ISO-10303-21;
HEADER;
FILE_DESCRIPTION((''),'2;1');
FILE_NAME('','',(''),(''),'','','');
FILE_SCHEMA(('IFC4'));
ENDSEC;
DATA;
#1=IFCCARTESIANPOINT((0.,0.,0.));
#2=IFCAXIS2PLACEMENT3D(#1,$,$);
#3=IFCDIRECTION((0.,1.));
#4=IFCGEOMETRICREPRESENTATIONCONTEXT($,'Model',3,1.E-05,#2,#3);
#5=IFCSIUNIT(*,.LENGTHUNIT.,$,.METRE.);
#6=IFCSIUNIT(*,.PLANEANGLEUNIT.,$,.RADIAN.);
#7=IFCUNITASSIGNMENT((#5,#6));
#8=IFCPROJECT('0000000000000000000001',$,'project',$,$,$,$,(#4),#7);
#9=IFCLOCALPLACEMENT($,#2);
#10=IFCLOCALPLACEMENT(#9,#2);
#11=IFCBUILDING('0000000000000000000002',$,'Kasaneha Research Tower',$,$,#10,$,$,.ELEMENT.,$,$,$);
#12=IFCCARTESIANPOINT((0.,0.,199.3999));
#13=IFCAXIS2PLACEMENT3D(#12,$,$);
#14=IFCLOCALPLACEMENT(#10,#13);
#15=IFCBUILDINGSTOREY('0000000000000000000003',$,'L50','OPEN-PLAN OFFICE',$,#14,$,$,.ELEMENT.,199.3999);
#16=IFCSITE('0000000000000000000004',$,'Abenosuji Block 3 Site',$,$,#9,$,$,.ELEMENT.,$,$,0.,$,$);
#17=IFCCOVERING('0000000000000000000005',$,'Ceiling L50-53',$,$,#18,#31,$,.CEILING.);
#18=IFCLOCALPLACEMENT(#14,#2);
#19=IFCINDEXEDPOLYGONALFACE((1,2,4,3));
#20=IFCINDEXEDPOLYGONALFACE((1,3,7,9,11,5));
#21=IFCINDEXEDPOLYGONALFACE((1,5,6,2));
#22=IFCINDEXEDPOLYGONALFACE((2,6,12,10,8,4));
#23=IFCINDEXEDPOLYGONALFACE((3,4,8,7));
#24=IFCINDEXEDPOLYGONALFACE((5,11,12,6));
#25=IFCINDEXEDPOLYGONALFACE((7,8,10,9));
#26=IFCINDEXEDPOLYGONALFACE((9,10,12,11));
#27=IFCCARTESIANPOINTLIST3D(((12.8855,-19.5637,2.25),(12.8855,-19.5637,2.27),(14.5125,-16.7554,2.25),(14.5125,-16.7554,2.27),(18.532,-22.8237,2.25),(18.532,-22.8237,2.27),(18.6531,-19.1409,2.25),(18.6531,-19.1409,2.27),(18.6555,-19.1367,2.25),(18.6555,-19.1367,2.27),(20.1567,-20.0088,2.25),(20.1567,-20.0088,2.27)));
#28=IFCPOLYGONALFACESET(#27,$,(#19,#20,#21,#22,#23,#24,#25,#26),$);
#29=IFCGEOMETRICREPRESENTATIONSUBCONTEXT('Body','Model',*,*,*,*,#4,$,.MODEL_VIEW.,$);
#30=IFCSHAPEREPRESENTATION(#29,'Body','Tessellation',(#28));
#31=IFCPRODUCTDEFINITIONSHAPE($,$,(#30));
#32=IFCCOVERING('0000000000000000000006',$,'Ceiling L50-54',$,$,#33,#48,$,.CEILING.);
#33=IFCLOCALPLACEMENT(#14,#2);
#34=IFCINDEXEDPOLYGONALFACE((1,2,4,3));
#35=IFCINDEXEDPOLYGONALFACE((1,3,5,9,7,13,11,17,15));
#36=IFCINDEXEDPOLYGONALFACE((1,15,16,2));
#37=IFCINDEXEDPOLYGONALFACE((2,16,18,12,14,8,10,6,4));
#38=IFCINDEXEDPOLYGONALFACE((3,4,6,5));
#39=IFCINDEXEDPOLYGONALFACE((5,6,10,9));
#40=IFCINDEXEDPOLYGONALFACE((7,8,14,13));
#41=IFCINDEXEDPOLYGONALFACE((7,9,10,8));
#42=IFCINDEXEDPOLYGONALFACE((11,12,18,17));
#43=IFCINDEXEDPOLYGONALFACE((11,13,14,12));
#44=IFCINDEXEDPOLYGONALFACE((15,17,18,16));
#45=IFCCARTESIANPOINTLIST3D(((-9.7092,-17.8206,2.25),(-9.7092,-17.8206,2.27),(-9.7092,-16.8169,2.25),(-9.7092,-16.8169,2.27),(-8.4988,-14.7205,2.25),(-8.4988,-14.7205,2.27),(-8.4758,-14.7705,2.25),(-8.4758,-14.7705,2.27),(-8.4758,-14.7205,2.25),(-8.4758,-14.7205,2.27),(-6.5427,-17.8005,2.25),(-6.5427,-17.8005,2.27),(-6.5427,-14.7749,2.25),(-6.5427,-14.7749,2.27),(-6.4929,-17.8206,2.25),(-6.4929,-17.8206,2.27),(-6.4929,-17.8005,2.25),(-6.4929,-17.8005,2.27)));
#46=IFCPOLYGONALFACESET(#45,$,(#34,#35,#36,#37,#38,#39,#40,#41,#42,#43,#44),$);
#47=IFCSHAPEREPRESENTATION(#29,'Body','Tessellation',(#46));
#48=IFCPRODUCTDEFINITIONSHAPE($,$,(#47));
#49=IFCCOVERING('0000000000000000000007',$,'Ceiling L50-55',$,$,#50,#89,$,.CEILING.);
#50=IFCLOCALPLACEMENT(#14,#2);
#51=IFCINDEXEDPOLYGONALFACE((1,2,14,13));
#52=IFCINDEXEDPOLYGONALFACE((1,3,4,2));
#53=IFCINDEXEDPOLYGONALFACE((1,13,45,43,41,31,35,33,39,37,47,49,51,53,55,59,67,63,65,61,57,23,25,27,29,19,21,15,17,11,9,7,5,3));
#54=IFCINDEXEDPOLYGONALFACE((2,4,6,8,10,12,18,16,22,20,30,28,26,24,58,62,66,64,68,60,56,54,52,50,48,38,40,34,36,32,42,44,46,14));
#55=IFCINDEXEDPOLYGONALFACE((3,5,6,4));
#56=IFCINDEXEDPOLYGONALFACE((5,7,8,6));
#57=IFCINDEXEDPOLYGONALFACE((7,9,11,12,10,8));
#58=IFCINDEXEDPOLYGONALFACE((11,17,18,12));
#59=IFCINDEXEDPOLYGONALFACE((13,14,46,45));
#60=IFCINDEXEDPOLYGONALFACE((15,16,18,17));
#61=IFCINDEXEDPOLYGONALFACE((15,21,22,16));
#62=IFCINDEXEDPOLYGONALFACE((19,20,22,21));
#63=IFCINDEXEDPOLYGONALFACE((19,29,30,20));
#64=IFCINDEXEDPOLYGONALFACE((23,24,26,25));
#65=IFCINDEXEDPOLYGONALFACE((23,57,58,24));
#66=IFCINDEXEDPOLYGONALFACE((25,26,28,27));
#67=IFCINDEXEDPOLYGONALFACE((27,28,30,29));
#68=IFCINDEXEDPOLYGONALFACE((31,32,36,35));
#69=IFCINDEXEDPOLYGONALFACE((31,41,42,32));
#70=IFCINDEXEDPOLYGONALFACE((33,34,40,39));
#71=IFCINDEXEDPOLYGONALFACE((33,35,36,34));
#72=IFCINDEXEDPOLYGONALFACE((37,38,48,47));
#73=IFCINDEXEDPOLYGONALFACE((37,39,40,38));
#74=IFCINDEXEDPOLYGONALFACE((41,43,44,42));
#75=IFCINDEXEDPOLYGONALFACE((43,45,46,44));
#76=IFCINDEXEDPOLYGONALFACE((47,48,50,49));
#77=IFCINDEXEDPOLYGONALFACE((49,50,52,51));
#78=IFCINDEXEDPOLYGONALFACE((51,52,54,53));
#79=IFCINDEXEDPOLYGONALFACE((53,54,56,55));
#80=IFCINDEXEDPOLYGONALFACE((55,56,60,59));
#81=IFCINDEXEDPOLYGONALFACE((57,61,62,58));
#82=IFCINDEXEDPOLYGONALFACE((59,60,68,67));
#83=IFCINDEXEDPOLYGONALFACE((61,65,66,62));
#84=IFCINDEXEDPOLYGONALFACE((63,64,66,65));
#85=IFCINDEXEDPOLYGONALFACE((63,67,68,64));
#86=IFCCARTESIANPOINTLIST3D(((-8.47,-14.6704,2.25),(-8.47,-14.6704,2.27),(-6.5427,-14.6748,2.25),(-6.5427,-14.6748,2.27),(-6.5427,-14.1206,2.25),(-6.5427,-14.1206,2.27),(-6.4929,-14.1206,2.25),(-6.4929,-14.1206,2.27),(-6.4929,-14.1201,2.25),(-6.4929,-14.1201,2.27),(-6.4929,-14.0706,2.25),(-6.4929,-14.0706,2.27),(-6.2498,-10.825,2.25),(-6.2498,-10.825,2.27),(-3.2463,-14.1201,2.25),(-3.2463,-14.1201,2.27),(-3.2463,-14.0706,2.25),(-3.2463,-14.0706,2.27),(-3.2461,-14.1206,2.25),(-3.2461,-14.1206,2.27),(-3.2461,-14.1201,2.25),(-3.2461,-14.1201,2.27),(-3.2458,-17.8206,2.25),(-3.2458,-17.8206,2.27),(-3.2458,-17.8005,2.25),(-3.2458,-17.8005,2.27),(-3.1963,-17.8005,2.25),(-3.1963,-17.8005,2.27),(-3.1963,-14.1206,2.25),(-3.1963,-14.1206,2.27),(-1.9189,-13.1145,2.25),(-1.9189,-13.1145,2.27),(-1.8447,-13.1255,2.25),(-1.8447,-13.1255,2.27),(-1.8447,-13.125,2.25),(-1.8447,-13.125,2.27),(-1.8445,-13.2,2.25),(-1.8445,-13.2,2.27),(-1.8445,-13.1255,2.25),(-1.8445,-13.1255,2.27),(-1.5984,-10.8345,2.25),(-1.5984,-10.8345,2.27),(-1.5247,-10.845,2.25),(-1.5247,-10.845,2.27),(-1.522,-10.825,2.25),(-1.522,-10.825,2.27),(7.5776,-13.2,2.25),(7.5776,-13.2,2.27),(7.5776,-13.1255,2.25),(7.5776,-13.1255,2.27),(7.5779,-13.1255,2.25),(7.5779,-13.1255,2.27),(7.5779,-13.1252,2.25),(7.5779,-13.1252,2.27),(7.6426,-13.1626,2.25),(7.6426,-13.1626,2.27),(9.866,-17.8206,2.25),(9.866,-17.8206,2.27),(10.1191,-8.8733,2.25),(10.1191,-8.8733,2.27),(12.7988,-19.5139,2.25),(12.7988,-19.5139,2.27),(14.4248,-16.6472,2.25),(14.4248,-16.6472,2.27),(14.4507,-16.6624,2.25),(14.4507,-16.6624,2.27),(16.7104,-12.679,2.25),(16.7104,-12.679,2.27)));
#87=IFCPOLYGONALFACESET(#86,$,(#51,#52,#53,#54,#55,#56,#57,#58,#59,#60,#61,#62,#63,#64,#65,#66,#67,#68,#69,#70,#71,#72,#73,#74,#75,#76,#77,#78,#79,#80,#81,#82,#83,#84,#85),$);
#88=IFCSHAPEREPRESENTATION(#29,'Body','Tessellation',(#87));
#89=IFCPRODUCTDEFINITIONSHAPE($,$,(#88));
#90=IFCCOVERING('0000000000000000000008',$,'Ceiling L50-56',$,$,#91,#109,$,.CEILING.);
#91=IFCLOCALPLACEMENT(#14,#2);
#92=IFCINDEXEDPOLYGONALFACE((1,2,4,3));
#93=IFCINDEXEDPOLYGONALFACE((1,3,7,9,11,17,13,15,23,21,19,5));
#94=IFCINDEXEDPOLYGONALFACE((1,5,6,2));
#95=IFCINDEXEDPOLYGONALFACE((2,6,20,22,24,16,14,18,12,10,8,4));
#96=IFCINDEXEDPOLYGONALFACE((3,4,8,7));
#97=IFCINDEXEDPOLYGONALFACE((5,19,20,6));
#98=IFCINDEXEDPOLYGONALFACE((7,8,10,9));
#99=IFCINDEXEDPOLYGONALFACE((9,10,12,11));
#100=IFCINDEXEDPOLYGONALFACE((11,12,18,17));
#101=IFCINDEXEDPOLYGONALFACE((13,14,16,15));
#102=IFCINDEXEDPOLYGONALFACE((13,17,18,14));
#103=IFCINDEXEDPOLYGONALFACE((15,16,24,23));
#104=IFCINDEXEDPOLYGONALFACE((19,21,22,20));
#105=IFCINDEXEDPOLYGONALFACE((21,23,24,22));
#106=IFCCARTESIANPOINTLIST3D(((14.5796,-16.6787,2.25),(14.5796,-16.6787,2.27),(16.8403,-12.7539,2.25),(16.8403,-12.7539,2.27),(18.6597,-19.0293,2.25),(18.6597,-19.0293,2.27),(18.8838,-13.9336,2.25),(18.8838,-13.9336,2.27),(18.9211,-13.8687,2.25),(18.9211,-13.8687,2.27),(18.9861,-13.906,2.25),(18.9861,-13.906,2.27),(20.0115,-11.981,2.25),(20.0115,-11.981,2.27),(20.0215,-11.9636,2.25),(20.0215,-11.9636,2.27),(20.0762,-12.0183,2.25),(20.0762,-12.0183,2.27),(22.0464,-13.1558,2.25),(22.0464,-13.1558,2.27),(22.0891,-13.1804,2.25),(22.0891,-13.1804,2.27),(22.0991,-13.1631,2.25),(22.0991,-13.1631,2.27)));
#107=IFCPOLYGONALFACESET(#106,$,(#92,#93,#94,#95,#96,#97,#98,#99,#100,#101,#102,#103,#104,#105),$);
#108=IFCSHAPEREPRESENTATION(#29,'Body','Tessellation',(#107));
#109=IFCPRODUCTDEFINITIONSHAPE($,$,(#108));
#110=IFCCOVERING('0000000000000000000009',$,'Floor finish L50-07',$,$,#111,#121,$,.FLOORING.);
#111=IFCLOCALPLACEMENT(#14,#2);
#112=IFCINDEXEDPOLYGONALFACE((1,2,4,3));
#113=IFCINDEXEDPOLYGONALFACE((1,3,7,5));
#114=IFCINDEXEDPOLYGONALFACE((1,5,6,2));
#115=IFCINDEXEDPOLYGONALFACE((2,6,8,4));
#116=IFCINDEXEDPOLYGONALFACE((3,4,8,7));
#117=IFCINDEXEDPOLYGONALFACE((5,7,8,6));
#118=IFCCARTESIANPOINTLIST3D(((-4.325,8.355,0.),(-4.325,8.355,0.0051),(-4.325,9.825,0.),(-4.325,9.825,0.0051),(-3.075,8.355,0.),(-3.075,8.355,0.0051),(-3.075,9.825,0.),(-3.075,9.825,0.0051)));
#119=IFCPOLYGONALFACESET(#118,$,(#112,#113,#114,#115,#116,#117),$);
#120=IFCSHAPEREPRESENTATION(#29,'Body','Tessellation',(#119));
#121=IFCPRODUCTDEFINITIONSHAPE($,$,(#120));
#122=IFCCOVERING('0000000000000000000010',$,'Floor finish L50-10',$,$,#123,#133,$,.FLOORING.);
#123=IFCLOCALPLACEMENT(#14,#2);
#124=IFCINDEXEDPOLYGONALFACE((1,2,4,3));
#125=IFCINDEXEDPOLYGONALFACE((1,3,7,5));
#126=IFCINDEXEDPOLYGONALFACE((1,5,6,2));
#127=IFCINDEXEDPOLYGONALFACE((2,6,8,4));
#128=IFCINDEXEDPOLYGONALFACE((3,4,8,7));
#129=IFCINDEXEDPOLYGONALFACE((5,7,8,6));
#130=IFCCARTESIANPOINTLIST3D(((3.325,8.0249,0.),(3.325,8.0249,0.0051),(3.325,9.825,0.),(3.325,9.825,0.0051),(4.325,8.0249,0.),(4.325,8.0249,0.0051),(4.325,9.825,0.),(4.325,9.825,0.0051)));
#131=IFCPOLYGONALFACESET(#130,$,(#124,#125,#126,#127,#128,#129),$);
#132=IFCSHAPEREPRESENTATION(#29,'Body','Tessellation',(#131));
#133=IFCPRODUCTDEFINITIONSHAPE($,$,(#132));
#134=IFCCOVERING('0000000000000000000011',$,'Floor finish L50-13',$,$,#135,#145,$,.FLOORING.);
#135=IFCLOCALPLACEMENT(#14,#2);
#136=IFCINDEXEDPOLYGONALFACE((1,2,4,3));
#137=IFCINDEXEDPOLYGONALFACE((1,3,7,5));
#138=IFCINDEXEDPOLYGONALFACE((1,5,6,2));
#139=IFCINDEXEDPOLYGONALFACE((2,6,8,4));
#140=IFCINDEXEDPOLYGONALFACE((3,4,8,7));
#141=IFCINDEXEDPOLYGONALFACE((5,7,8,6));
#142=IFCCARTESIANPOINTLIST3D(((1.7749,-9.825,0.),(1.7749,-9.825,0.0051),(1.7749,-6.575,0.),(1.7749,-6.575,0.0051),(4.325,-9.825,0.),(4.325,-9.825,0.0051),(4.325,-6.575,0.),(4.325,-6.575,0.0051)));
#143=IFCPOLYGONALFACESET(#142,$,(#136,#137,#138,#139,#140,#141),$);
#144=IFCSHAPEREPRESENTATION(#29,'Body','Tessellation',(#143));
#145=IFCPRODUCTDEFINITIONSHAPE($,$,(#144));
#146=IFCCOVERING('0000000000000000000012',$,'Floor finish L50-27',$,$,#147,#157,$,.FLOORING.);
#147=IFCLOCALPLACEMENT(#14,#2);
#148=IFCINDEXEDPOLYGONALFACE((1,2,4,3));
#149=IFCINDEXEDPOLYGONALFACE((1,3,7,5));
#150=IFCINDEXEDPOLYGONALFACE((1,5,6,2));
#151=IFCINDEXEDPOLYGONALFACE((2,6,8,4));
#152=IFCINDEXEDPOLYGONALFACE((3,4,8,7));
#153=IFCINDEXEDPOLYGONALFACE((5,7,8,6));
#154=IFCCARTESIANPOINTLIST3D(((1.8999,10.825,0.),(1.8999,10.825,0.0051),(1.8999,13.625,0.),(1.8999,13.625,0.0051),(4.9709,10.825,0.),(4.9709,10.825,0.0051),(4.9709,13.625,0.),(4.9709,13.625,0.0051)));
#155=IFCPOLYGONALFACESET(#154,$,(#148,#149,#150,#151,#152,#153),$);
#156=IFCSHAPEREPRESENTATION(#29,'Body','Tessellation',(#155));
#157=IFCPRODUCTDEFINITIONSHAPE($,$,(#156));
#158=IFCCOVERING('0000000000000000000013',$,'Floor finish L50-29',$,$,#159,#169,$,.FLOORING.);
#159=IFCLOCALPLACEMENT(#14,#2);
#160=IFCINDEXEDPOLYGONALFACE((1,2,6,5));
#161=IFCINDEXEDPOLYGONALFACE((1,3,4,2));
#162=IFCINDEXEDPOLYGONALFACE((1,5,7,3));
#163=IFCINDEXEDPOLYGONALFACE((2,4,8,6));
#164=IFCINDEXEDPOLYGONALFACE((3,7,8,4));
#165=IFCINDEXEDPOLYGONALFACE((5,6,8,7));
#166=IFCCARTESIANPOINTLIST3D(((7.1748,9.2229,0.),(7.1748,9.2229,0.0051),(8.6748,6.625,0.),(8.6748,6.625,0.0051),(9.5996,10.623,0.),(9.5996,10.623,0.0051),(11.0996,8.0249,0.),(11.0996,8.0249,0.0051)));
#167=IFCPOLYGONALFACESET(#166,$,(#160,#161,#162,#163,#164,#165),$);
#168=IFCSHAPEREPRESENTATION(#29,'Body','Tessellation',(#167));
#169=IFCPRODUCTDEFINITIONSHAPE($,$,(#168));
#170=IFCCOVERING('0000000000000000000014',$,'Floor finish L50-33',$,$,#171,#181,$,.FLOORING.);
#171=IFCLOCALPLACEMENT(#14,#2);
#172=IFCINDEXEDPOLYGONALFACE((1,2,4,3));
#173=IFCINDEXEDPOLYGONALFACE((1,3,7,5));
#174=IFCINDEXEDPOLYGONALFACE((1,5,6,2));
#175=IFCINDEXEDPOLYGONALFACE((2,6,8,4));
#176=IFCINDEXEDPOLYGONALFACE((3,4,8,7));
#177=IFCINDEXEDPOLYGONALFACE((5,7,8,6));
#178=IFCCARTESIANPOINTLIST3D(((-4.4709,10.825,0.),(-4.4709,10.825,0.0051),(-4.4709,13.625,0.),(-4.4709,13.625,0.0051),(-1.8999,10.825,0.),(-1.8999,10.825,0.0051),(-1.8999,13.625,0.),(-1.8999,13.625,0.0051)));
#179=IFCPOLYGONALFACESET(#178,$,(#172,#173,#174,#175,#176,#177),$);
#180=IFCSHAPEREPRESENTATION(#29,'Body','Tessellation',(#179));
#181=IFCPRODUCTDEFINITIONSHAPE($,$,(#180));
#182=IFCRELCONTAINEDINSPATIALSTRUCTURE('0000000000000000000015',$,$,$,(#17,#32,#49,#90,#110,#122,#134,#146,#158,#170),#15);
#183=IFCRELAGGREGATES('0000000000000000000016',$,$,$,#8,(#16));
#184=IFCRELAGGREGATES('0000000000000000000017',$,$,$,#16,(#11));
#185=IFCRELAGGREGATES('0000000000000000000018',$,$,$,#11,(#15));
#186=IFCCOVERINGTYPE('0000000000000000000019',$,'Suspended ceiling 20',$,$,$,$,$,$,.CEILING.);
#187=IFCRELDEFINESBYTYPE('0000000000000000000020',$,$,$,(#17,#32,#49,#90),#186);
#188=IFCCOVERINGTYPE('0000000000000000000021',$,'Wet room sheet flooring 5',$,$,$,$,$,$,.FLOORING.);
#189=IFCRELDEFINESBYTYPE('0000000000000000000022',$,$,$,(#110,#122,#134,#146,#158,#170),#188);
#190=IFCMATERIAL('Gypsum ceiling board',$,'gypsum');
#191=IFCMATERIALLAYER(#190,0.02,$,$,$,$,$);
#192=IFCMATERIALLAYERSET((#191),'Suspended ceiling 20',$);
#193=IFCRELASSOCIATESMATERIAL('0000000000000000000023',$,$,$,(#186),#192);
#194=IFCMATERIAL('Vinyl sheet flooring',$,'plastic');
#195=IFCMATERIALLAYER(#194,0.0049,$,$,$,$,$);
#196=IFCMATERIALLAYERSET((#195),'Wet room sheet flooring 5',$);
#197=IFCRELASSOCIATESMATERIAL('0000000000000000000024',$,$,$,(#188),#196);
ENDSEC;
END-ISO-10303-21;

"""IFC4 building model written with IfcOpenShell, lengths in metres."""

from ifc_helpers import new_model, si_unit, direction, frame, origin, place, context, subcontext, project, spatial, polyline, outline, extrude, material, layer, layer_set, type_object, element, save


model = new_model("IFC4")

# Units and contexts
model_context = context("Model", 3, precision=1e-05, world=origin(), true_north=direction((0.0, 1.0)))
body_context = subcontext(model_context, "Body", "Model", "MODEL_VIEW")
ifc_project = project(units=[si_unit("LENGTHUNIT", "METRE"), si_unit("PLANEANGLEUNIT", "RADIAN")], contexts=[model_context])

# Site, building, storey
site_placement = place(None, origin())
site = spatial("IfcSite", under=ifc_project, at=site_placement, Name="Abenosuji Block 3 Site", CompositionType="ELEMENT", RefElevation=0.0)
building_placement = place(site_placement, origin())
building = spatial("IfcBuilding", under=site, at=building_placement, Name="Kasaneha Research Tower", CompositionType="ELEMENT")
storey_placement = place(building_placement, frame((0.0, 0.0, 199.3999)))
storey = spatial("IfcBuildingStorey", under=building, at=storey_placement, Name="L50", Description="OPEN-PLAN OFFICE", CompositionType="ELEMENT", Elevation=199.3999)

# Coverings
ifc_material_1 = material(Name="Gypsum ceiling board", Category="gypsum")
ifc_layer_1 = layer(ifc_material_1, 0.02)
ifc_layer_set_1 = layer_set([ifc_layer_1], Name="Suspended ceiling 20")
covering_type_1 = type_object("IfcCoveringType", Name="Suspended ceiling 20", PredefinedType="CEILING", material=ifc_layer_set_1)
covering_1_placement = place(storey_placement, frame((0.0, 0.0, 2.25)))
element("IfcCovering", 1, at=covering_1_placement, inside=storey, type_object=covering_type_1, Name="Ceiling L50-53", PredefinedType="CEILING", context=body_context, shape_type="SweptSolid", body=[
    extrude(outline(polyline([(12.8855, -19.5637), (14.5125, -16.7554), (18.6531, -19.1409), (18.6555, -19.1367), (20.1567, -20.0088), (18.532, -22.8237), (12.8855, -19.5637)])), origin(), (0.0, 0.0, 1.0), 0.02),
])
covering_2_placement = place(storey_placement, frame((0.0, 0.0, 2.25)))
element("IfcCovering", 2, at=covering_2_placement, inside=storey, type_object=covering_type_1, Name="Ceiling L50-54", PredefinedType="CEILING", context=body_context, shape_type="SweptSolid", body=[
    extrude(outline(polyline([(-9.7092, -16.8169), (-8.4988, -14.7205), (-8.4758, -14.7205), (-8.4758, -14.7705), (-6.5427, -14.7749), (-6.5427, -17.8005), (-6.4929, -17.8005), (-6.4929, -17.8206), (-9.7092, -17.8206), (-9.7092, -16.8169)])), origin(), (0.0, 0.0, 1.0), 0.02),
])
covering_3_placement = place(storey_placement, frame((0.0, 0.0, 2.25)))
element("IfcCovering", 3, at=covering_3_placement, inside=storey, type_object=covering_type_1, Name="Ceiling L50-55", PredefinedType="CEILING", context=body_context, shape_type="SweptSolid", body=[
    extrude(outline(polyline([(-3.2463, -14.1201), (-3.2463, -14.0706), (-6.4929, -14.0706), (-6.4929, -14.1201), (-6.4929, -14.1201), (-6.4929, -14.1206), (-6.5427, -14.1206), (-6.5427, -14.6748), (-8.47, -14.6704), (-6.2498, -10.825), (-1.522, -10.825), (-1.5247, -10.845), (-1.5984, -10.8345), (-1.9189, -13.1145), (-1.8447, -13.125), (-1.8447, -13.1255), (-1.8445, -13.1255), (-1.8445, -13.2), (7.5776, -13.2), (7.5776, -13.1255), (7.5779, -13.1255), (7.5779, -13.1252), (7.6426, -13.1626), (10.1191, -8.8733), (16.7104, -12.679), (14.4248, -16.6472), (14.4507, -16.6624), (12.7988, -19.5139), (9.866, -17.8206), (-3.2458, -17.8206), (-3.2458, -17.8005), (-3.1963, -17.8005), (-3.1963, -14.1206), (-3.2461, -14.1206), (-3.2461, -14.1201), (-3.2463, -14.1201)])), origin(), (0.0, 0.0, 1.0), 0.02),
])
covering_4_placement = place(storey_placement, frame((0.0, 0.0, 2.25)))
element("IfcCovering", 4, at=covering_4_placement, inside=storey, type_object=covering_type_1, Name="Ceiling L50-56", PredefinedType="CEILING", context=body_context, shape_type="SweptSolid", body=[
    extrude(outline(polyline([(22.0991, -13.1631), (22.0891, -13.1804), (22.0464, -13.1558), (18.6597, -19.0293), (14.5796, -16.6787), (16.8403, -12.7539), (18.8838, -13.9336), (18.9211, -13.8687), (18.9861, -13.906), (20.0762, -12.0183), (20.0115, -11.981), (20.0215, -11.9636), (22.0991, -13.1631)])), origin(), (0.0, 0.0, 1.0), 0.02),
])
ifc_material_2 = material(Name="Vinyl sheet flooring", Category="plastic")
ifc_layer_2 = layer(ifc_material_2, 0.0049)
ifc_layer_set_2 = layer_set([ifc_layer_2], Name="Wet room sheet flooring 5")
covering_type_2 = type_object("IfcCoveringType", Name="Wet room sheet flooring 5", PredefinedType="FLOORING", material=ifc_layer_set_2)
covering_5_placement = place(storey_placement, origin())
element("IfcCovering", 5, at=covering_5_placement, inside=storey, type_object=covering_type_2, Name="Floor finish L50-07", PredefinedType="FLOORING", context=body_context, shape_type="SweptSolid", body=[
    extrude(outline(polyline([(-4.325, 8.355), (-4.325, 9.825), (-3.075, 9.825), (-3.075, 8.355), (-4.325, 8.355)])), origin(), (0.0, 0.0, 1.0), 0.0051),
])
covering_6_placement = place(storey_placement, origin())
element("IfcCovering", 6, at=covering_6_placement, inside=storey, type_object=covering_type_2, Name="Floor finish L50-10", PredefinedType="FLOORING", context=body_context, shape_type="SweptSolid", body=[
    extrude(outline(polyline([(4.325, 8.0249), (3.325, 8.0249), (3.325, 9.825), (4.325, 9.825), (4.325, 8.0249)])), origin(), (0.0, 0.0, 1.0), 0.0051),
])
covering_7_placement = place(storey_placement, origin())
element("IfcCovering", 7, at=covering_7_placement, inside=storey, type_object=covering_type_2, Name="Floor finish L50-13", PredefinedType="FLOORING", context=body_context, shape_type="SweptSolid", body=[
    extrude(outline(polyline([(1.7749, -9.825), (1.7749, -6.575), (4.325, -6.575), (4.325, -9.825), (1.7749, -9.825)])), origin(), (0.0, 0.0, 1.0), 0.0051),
])
covering_8_placement = place(storey_placement, origin())
element("IfcCovering", 8, at=covering_8_placement, inside=storey, type_object=covering_type_2, Name="Floor finish L50-27", PredefinedType="FLOORING", context=body_context, shape_type="SweptSolid", body=[
    extrude(outline(polyline([(4.9709, 13.625), (4.9709, 10.825), (1.8999, 10.825), (1.8999, 13.625), (4.9709, 13.625)])), origin(), (0.0, 0.0, 1.0), 0.0051),
])
covering_9_placement = place(storey_placement, origin())
element("IfcCovering", 9, at=covering_9_placement, inside=storey, type_object=covering_type_2, Name="Floor finish L50-29", PredefinedType="FLOORING", context=body_context, shape_type="SweptSolid", body=[
    extrude(outline(polyline([(11.0996, 8.0249), (8.6748, 6.625), (7.1748, 9.2229), (9.5996, 10.623), (11.0996, 8.0249)])), origin(), (0.0, 0.0, 1.0), 0.0051),
])
covering_10_placement = place(storey_placement, origin())
element("IfcCovering", 10, at=covering_10_placement, inside=storey, type_object=covering_type_2, Name="Floor finish L50-33", PredefinedType="FLOORING", context=body_context, shape_type="SweptSolid", body=[
    extrude(outline(polyline([(-1.8999, 13.625), (-1.8999, 10.825), (-4.4709, 10.825), (-4.4709, 13.625), (-1.8999, 13.625)])), origin(), (0.0, 0.0, 1.0), 0.0051),
])

save(model, "model.ifc")
